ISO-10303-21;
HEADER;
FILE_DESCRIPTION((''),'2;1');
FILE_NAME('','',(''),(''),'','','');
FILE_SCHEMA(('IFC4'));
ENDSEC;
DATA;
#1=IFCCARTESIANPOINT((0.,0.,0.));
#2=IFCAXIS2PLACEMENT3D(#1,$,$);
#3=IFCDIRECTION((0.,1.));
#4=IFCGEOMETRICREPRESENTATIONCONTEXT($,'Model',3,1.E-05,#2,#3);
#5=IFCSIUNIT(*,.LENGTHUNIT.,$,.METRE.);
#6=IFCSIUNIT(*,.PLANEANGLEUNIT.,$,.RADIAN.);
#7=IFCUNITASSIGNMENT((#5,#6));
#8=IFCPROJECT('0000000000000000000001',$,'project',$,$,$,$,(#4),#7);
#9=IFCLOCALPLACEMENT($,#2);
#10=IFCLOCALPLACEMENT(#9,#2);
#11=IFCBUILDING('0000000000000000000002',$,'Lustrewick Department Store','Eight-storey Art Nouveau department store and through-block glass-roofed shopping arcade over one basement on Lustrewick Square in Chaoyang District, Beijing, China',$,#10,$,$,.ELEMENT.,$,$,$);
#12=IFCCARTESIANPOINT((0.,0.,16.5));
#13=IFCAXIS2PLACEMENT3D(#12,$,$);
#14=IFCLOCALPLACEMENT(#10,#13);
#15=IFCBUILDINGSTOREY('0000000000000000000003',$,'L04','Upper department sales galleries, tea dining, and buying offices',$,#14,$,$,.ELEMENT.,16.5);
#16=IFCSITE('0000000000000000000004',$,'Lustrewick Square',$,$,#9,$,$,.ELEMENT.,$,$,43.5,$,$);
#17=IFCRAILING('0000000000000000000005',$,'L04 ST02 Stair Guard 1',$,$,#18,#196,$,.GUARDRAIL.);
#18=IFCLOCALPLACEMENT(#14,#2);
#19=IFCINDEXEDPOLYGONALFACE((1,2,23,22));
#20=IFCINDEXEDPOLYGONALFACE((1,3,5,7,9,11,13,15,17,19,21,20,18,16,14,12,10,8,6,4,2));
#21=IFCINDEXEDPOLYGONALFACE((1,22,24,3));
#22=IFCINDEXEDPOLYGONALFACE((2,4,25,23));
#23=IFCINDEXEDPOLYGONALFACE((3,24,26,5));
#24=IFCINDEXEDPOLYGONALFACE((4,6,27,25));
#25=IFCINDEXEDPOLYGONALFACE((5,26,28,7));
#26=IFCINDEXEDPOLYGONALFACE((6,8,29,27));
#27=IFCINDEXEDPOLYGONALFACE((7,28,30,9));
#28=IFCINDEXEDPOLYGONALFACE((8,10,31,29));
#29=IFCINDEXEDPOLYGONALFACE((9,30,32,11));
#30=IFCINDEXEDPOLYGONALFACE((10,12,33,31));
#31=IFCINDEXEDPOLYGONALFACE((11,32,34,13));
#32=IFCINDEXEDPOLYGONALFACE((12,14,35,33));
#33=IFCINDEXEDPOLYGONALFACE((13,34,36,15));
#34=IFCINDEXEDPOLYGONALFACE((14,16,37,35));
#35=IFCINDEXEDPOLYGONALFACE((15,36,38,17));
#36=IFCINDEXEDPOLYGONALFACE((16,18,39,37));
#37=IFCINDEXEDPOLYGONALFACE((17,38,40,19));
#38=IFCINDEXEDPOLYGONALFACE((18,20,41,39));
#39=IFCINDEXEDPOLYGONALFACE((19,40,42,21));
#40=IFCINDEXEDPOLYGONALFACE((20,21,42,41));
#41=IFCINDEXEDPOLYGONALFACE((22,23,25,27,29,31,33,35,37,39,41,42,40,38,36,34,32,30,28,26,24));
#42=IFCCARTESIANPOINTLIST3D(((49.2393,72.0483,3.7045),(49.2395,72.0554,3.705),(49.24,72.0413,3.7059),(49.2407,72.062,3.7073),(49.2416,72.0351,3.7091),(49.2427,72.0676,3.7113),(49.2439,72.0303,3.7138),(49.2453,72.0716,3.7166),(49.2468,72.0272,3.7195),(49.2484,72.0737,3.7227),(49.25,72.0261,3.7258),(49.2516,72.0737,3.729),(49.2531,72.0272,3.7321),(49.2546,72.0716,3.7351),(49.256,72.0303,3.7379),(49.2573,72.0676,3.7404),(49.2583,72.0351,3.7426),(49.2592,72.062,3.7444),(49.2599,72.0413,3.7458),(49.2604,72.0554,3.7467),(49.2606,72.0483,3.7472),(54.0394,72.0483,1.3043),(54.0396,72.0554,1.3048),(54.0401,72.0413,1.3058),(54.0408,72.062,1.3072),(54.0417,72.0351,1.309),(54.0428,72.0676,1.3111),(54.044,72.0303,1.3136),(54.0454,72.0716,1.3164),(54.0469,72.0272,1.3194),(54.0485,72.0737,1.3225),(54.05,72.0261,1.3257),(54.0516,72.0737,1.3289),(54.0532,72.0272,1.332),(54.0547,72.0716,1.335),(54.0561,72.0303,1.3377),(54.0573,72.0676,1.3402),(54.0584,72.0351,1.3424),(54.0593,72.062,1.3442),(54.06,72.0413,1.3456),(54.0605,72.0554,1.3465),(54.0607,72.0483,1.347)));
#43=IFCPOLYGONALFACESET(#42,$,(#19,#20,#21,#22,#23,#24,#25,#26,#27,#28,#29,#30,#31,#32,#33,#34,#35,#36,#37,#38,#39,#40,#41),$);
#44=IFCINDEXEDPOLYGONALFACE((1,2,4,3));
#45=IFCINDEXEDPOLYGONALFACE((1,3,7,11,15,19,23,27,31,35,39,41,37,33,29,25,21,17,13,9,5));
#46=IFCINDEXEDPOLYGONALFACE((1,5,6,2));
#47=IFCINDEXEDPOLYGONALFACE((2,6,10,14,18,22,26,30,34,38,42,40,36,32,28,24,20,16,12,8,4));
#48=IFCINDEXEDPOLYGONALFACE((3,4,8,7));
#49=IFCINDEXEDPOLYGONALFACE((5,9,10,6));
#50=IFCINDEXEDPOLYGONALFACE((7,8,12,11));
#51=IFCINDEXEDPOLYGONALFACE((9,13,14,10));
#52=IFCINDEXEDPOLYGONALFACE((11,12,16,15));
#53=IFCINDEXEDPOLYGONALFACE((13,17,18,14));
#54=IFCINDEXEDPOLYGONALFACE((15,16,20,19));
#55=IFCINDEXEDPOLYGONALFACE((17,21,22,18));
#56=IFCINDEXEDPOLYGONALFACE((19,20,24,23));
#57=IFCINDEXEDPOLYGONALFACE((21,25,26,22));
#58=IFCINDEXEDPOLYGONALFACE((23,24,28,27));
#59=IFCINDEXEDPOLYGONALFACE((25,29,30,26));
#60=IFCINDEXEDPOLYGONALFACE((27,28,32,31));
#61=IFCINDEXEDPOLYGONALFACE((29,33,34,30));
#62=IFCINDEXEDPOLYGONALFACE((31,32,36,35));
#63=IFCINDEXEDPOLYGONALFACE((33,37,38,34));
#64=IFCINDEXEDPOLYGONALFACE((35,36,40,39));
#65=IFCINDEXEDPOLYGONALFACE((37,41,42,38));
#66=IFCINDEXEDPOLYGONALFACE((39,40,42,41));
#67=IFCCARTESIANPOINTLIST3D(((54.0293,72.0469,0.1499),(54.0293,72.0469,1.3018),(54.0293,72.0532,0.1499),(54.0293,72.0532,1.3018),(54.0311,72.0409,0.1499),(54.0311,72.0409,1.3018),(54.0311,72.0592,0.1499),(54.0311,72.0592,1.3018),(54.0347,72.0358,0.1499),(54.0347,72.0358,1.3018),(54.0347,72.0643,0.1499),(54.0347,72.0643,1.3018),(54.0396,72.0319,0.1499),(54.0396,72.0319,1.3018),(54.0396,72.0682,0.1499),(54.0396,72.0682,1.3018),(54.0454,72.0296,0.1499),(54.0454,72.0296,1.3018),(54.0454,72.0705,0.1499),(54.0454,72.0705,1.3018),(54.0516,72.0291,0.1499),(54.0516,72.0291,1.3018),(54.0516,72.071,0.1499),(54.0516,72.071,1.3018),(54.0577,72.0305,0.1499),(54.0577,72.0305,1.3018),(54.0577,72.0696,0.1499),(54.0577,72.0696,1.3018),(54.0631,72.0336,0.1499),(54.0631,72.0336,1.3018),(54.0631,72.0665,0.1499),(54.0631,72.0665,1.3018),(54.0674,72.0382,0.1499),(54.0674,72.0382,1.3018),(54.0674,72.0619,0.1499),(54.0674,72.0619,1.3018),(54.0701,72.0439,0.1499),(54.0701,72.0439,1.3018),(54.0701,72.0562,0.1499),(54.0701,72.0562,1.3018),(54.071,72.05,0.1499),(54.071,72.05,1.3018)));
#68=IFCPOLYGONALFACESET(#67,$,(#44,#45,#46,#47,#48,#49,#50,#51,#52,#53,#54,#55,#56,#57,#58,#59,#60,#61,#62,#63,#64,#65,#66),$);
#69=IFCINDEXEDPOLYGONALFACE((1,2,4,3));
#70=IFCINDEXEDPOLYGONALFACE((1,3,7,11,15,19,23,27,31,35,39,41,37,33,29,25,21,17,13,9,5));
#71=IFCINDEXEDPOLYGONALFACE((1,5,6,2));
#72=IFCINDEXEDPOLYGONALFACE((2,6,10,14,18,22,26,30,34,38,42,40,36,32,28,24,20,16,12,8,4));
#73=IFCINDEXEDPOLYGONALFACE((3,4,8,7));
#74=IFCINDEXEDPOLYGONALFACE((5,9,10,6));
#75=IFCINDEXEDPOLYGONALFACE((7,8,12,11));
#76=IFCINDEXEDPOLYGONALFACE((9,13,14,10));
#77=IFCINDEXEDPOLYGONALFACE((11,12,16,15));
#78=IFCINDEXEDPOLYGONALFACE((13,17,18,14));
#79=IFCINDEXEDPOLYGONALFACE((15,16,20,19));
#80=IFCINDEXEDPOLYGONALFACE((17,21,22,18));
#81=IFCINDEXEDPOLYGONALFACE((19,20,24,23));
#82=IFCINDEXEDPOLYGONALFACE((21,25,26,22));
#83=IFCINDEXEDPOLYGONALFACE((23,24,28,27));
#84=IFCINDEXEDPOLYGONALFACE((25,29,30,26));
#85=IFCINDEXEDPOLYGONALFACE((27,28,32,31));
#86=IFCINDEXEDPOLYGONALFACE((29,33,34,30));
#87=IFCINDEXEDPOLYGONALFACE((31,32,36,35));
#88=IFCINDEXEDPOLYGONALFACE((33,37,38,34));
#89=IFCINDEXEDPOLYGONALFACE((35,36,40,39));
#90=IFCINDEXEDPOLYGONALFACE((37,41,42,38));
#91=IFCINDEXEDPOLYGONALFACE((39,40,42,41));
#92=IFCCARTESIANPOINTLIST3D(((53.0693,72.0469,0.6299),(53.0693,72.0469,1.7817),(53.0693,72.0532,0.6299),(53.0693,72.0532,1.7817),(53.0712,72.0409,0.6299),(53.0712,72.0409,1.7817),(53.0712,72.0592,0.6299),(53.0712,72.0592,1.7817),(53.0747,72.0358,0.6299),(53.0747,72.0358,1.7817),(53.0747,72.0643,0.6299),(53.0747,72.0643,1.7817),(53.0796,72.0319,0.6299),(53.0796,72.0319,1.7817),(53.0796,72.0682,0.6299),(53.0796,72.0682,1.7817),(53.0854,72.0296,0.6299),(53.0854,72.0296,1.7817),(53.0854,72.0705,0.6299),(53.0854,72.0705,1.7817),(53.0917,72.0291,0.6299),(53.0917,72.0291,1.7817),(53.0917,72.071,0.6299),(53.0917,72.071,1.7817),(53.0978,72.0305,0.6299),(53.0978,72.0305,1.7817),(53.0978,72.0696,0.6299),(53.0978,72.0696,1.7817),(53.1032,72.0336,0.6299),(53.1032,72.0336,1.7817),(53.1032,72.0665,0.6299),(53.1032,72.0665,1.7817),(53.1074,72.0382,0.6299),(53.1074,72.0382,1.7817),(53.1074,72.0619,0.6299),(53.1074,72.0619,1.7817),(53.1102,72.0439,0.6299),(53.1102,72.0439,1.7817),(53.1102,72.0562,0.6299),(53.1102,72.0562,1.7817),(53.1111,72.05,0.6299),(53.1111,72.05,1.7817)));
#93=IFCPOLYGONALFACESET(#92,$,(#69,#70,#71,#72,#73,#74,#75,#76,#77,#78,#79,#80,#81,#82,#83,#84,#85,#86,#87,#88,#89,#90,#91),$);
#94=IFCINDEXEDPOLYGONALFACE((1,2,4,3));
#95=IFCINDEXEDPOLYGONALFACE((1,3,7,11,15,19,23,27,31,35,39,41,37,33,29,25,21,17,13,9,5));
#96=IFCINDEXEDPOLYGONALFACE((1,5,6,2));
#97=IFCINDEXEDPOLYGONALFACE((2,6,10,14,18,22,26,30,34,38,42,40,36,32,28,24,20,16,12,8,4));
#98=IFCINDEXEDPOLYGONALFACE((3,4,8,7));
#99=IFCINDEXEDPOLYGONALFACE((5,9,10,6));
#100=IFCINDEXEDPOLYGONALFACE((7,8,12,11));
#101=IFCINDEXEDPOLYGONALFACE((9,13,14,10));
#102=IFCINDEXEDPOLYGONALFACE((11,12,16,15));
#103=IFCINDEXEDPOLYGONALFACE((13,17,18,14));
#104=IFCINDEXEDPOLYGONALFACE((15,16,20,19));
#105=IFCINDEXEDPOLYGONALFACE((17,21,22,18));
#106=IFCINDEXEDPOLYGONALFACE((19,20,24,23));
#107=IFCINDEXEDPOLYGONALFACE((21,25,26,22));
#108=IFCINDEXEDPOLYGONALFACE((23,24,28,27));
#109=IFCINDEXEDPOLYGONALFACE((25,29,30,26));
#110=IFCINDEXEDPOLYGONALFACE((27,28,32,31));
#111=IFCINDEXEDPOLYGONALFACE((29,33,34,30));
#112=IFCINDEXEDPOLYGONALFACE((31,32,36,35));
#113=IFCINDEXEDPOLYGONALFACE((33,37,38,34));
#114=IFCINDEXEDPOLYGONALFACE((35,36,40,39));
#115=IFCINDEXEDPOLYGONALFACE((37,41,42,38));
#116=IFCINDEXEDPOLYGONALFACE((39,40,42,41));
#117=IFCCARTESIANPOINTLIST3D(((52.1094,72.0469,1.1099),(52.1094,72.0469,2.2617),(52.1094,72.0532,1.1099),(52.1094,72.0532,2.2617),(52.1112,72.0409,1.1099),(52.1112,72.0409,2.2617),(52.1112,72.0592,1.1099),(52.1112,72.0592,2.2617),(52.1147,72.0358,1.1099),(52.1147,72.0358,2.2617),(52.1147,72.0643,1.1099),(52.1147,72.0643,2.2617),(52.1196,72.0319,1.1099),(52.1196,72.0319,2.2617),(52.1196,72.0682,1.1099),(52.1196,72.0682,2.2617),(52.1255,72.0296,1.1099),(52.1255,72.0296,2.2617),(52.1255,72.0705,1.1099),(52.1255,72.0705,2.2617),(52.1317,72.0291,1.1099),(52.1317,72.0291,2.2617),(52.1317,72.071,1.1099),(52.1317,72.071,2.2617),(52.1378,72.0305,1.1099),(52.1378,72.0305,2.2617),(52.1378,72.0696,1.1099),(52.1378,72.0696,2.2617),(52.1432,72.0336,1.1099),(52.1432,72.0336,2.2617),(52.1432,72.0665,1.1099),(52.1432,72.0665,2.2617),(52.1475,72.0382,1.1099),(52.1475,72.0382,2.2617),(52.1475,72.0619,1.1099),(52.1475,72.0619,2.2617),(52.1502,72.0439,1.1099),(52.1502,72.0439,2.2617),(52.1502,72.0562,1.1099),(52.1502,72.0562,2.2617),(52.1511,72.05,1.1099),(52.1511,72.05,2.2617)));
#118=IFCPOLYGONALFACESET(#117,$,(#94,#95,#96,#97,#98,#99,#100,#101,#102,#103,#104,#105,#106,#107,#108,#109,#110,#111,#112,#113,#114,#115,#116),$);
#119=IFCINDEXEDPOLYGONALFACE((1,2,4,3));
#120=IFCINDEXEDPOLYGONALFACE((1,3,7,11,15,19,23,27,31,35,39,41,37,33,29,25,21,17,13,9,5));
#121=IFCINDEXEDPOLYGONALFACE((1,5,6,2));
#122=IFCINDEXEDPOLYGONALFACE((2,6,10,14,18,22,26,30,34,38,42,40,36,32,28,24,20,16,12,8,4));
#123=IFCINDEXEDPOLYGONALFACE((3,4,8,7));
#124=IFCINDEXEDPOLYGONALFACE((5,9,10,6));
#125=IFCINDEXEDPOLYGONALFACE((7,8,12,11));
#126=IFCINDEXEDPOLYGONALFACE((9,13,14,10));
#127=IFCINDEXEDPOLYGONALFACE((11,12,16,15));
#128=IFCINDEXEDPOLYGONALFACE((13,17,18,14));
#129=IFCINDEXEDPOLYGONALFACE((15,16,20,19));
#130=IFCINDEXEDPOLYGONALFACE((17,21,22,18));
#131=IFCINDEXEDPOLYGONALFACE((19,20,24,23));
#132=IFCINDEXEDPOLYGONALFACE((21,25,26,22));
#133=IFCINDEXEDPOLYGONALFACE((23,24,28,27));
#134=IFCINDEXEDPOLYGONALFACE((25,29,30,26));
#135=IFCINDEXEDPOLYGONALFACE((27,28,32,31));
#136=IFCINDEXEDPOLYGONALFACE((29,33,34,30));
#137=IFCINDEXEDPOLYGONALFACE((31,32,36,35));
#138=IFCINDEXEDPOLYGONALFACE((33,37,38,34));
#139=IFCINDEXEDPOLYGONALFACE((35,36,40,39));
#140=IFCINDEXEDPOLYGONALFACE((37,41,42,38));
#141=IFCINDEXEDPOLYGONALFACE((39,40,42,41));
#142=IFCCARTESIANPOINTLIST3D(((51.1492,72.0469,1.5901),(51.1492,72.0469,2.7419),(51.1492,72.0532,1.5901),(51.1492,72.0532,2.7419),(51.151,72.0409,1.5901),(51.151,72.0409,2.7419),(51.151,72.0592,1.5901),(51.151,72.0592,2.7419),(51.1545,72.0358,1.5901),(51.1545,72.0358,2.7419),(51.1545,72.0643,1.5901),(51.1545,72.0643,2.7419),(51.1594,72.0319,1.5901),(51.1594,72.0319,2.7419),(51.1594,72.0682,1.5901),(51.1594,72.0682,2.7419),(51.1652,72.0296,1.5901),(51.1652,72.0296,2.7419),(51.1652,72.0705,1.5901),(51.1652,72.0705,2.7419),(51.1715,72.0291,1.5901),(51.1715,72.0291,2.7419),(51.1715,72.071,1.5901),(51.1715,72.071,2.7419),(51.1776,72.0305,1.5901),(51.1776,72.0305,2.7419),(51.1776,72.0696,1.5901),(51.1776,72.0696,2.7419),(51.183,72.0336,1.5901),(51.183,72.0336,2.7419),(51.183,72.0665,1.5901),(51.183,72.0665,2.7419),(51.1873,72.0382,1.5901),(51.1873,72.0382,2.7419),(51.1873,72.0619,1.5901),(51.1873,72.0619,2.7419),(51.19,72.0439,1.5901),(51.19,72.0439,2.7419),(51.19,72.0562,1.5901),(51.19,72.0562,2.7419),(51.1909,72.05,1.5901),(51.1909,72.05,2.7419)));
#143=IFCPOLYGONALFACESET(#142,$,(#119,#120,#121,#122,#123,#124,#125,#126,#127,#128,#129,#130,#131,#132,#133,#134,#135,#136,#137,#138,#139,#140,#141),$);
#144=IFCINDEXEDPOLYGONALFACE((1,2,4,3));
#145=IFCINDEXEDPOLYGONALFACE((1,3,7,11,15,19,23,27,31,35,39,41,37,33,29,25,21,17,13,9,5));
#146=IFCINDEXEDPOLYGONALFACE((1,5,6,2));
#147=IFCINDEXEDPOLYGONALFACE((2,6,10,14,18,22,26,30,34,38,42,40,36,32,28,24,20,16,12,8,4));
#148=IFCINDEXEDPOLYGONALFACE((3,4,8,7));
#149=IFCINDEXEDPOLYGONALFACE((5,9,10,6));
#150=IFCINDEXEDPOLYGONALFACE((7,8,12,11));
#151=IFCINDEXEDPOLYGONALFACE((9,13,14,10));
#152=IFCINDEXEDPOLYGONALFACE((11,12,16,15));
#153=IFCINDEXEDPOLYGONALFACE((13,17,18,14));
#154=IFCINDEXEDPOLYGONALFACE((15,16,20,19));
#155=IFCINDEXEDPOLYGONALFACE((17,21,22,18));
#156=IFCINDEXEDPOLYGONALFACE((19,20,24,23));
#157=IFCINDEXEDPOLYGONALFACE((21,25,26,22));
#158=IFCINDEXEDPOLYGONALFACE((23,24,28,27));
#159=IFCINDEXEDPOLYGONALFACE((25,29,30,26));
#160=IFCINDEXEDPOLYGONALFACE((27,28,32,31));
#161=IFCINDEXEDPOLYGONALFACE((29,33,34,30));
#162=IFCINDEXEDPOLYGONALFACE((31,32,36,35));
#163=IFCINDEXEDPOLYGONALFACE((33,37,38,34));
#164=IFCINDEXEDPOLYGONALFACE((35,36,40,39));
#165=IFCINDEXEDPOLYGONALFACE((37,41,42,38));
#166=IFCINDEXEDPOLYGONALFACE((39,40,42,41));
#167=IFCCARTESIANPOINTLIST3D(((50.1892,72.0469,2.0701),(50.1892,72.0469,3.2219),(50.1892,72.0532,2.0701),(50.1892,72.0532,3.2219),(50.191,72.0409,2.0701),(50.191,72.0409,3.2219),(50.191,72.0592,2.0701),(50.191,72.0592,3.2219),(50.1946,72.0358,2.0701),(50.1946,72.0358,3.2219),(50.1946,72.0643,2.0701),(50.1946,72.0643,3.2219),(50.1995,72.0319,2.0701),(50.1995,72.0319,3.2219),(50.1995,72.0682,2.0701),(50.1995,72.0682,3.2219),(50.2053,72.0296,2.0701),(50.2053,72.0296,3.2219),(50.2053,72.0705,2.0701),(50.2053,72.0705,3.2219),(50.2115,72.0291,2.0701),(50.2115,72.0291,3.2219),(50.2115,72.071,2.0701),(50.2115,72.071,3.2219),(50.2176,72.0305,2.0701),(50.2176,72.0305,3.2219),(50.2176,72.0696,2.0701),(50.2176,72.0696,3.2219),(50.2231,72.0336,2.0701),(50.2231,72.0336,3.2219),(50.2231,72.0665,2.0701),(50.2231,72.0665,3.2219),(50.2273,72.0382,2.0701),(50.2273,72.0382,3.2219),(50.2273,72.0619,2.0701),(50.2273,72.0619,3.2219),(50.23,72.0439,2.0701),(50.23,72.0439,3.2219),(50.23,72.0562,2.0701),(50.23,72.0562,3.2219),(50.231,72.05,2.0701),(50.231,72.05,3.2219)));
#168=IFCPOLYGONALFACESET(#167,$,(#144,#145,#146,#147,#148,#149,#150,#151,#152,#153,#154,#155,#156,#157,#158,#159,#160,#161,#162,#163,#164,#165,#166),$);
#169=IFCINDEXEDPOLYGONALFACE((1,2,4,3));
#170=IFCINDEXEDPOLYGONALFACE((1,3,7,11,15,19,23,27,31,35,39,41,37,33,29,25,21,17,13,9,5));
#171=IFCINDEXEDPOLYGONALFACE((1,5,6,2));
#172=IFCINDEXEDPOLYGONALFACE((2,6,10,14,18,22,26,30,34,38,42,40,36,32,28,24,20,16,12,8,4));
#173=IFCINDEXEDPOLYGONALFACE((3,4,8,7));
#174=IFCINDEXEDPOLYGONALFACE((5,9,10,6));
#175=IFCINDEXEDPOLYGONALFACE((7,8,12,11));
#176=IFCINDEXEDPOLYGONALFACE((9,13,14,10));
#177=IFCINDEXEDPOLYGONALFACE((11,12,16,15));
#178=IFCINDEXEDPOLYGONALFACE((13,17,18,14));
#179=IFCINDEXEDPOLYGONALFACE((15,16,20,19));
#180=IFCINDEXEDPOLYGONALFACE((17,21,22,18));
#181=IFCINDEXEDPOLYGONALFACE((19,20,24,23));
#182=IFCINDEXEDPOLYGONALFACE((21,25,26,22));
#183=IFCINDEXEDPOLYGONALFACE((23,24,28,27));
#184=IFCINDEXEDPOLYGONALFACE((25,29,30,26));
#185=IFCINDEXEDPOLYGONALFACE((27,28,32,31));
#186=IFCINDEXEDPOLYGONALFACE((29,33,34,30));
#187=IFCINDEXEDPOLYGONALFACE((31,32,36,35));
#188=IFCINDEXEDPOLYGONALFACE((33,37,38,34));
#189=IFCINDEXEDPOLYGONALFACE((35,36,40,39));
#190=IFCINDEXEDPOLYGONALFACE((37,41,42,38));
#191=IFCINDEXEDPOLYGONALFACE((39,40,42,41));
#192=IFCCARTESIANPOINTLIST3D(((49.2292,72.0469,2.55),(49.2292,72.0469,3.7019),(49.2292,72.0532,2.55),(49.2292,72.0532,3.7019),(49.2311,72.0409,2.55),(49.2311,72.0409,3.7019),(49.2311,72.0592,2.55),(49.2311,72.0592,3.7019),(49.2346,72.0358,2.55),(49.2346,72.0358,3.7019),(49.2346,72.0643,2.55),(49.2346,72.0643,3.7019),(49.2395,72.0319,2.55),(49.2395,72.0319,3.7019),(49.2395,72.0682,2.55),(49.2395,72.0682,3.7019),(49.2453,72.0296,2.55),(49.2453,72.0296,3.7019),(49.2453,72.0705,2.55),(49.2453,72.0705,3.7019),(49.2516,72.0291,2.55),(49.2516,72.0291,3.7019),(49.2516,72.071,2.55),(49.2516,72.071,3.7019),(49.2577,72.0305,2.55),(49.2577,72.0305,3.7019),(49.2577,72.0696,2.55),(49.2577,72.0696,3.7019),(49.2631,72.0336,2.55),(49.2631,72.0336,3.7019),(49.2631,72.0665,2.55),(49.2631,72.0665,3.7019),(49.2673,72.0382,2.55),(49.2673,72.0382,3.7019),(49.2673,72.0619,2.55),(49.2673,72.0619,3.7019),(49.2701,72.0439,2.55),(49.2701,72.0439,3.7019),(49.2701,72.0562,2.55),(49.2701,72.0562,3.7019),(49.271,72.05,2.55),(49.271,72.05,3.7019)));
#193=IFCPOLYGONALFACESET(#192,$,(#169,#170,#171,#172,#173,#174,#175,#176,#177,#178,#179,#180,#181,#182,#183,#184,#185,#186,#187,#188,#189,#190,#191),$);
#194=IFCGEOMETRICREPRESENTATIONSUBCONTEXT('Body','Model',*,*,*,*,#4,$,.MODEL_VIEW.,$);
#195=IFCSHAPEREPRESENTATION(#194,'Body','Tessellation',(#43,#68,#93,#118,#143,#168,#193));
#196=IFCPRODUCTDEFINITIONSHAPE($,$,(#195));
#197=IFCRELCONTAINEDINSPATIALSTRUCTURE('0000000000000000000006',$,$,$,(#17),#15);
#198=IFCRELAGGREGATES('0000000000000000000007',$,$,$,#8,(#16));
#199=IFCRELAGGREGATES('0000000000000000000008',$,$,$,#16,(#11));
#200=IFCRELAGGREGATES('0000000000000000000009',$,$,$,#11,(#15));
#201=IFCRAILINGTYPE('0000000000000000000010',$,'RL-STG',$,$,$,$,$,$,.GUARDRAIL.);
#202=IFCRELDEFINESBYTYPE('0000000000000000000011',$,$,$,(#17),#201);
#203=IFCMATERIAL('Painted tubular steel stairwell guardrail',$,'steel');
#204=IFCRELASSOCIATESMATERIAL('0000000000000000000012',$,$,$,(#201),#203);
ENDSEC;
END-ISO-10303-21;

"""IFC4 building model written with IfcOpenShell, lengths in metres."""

from ifc_helpers import new_model, si_unit, direction, frame, origin, origin_2d, place, context, subcontext, project, spatial, circle, extrude, material, type_object, element, save


model = new_model("IFC4")

# Units and contexts
model_context = context("Model", 3, precision=1e-05, world=origin(), true_north=direction((0.0, 1.0)))
body_context = subcontext(model_context, "Body", "Model", "MODEL_VIEW")
ifc_project = project(units=[si_unit("LENGTHUNIT", "METRE"), si_unit("PLANEANGLEUNIT", "RADIAN")], contexts=[model_context])

# Site, building, storey
site_placement = place(None, origin())
site = spatial("IfcSite", under=ifc_project, at=site_placement, Name="Lustrewick Square", CompositionType="ELEMENT", RefElevation=43.5)
building_placement = place(site_placement, origin())
building = spatial("IfcBuilding", under=site, at=building_placement, Name="Lustrewick Department Store", Description="Eight-storey Art Nouveau department store and through-block glass-roofed shopping arcade over one basement on Lustrewick Square in Chaoyang District, Beijing, China", CompositionType="ELEMENT")
storey_placement = place(building_placement, frame((0.0, 0.0, 16.5)))
storey = spatial("IfcBuildingStorey", under=building, at=storey_placement, Name="L04", Description="Upper department sales galleries, tea dining, and buying offices", CompositionType="ELEMENT", Elevation=16.5)

# Railing
ifc_material_1 = material(Name="Painted tubular steel stairwell guardrail", Category="steel")
railing_type_1 = type_object("IfcRailingType", Name="RL-STG", PredefinedType="GUARDRAIL", material=ifc_material_1)
railing_1_placement = place(storey_placement, frame((54.05, 72.05, 0.1499)))
element("IfcRailing", 1, at=railing_1_placement, inside=storey, type_object=railing_type_1, Name="L04 ST02 Stair Guard 1", PredefinedType="GUARDRAIL", context=body_context, shape_type="SweptSolid", body=[
    extrude(circle(Radius=0.0239, at=origin_2d()), frame((0.0, 0.0, 1.1758), z_axis=(-0.894418, 0.0, 0.447232), x_axis=(0.0, -1.0, 0.0)), (0.0, 0.0, 1.0), 5.3667),
    extrude(circle(Radius=0.021, at=origin_2d()), origin(), (0.0, 0.0, 1.0), 1.1519),
    extrude(circle(Radius=0.021, at=origin_2d()), frame((-0.96, 0.0, 0.48)), (0.0, 0.0, 1.0), 1.1519),
    extrude(circle(Radius=0.021, at=origin_2d()), frame((-1.9199, 0.0, 0.96)), (0.0, 0.0, 1.0), 1.1519),
    extrude(circle(Radius=0.021, at=origin_2d()), frame((-2.8801, 0.0, 1.4402)), (0.0, 0.0, 1.0), 1.1519),
    extrude(circle(Radius=0.021, at=origin_2d()), frame((-3.8401, 0.0, 1.9202)), (0.0, 0.0, 1.0), 1.1519),
    extrude(circle(Radius=0.021, at=origin_2d()), frame((-4.8, 0.0, 2.4001)), (0.0, 0.0, 1.0), 1.1519),
])

save(model, "model.ifc")
